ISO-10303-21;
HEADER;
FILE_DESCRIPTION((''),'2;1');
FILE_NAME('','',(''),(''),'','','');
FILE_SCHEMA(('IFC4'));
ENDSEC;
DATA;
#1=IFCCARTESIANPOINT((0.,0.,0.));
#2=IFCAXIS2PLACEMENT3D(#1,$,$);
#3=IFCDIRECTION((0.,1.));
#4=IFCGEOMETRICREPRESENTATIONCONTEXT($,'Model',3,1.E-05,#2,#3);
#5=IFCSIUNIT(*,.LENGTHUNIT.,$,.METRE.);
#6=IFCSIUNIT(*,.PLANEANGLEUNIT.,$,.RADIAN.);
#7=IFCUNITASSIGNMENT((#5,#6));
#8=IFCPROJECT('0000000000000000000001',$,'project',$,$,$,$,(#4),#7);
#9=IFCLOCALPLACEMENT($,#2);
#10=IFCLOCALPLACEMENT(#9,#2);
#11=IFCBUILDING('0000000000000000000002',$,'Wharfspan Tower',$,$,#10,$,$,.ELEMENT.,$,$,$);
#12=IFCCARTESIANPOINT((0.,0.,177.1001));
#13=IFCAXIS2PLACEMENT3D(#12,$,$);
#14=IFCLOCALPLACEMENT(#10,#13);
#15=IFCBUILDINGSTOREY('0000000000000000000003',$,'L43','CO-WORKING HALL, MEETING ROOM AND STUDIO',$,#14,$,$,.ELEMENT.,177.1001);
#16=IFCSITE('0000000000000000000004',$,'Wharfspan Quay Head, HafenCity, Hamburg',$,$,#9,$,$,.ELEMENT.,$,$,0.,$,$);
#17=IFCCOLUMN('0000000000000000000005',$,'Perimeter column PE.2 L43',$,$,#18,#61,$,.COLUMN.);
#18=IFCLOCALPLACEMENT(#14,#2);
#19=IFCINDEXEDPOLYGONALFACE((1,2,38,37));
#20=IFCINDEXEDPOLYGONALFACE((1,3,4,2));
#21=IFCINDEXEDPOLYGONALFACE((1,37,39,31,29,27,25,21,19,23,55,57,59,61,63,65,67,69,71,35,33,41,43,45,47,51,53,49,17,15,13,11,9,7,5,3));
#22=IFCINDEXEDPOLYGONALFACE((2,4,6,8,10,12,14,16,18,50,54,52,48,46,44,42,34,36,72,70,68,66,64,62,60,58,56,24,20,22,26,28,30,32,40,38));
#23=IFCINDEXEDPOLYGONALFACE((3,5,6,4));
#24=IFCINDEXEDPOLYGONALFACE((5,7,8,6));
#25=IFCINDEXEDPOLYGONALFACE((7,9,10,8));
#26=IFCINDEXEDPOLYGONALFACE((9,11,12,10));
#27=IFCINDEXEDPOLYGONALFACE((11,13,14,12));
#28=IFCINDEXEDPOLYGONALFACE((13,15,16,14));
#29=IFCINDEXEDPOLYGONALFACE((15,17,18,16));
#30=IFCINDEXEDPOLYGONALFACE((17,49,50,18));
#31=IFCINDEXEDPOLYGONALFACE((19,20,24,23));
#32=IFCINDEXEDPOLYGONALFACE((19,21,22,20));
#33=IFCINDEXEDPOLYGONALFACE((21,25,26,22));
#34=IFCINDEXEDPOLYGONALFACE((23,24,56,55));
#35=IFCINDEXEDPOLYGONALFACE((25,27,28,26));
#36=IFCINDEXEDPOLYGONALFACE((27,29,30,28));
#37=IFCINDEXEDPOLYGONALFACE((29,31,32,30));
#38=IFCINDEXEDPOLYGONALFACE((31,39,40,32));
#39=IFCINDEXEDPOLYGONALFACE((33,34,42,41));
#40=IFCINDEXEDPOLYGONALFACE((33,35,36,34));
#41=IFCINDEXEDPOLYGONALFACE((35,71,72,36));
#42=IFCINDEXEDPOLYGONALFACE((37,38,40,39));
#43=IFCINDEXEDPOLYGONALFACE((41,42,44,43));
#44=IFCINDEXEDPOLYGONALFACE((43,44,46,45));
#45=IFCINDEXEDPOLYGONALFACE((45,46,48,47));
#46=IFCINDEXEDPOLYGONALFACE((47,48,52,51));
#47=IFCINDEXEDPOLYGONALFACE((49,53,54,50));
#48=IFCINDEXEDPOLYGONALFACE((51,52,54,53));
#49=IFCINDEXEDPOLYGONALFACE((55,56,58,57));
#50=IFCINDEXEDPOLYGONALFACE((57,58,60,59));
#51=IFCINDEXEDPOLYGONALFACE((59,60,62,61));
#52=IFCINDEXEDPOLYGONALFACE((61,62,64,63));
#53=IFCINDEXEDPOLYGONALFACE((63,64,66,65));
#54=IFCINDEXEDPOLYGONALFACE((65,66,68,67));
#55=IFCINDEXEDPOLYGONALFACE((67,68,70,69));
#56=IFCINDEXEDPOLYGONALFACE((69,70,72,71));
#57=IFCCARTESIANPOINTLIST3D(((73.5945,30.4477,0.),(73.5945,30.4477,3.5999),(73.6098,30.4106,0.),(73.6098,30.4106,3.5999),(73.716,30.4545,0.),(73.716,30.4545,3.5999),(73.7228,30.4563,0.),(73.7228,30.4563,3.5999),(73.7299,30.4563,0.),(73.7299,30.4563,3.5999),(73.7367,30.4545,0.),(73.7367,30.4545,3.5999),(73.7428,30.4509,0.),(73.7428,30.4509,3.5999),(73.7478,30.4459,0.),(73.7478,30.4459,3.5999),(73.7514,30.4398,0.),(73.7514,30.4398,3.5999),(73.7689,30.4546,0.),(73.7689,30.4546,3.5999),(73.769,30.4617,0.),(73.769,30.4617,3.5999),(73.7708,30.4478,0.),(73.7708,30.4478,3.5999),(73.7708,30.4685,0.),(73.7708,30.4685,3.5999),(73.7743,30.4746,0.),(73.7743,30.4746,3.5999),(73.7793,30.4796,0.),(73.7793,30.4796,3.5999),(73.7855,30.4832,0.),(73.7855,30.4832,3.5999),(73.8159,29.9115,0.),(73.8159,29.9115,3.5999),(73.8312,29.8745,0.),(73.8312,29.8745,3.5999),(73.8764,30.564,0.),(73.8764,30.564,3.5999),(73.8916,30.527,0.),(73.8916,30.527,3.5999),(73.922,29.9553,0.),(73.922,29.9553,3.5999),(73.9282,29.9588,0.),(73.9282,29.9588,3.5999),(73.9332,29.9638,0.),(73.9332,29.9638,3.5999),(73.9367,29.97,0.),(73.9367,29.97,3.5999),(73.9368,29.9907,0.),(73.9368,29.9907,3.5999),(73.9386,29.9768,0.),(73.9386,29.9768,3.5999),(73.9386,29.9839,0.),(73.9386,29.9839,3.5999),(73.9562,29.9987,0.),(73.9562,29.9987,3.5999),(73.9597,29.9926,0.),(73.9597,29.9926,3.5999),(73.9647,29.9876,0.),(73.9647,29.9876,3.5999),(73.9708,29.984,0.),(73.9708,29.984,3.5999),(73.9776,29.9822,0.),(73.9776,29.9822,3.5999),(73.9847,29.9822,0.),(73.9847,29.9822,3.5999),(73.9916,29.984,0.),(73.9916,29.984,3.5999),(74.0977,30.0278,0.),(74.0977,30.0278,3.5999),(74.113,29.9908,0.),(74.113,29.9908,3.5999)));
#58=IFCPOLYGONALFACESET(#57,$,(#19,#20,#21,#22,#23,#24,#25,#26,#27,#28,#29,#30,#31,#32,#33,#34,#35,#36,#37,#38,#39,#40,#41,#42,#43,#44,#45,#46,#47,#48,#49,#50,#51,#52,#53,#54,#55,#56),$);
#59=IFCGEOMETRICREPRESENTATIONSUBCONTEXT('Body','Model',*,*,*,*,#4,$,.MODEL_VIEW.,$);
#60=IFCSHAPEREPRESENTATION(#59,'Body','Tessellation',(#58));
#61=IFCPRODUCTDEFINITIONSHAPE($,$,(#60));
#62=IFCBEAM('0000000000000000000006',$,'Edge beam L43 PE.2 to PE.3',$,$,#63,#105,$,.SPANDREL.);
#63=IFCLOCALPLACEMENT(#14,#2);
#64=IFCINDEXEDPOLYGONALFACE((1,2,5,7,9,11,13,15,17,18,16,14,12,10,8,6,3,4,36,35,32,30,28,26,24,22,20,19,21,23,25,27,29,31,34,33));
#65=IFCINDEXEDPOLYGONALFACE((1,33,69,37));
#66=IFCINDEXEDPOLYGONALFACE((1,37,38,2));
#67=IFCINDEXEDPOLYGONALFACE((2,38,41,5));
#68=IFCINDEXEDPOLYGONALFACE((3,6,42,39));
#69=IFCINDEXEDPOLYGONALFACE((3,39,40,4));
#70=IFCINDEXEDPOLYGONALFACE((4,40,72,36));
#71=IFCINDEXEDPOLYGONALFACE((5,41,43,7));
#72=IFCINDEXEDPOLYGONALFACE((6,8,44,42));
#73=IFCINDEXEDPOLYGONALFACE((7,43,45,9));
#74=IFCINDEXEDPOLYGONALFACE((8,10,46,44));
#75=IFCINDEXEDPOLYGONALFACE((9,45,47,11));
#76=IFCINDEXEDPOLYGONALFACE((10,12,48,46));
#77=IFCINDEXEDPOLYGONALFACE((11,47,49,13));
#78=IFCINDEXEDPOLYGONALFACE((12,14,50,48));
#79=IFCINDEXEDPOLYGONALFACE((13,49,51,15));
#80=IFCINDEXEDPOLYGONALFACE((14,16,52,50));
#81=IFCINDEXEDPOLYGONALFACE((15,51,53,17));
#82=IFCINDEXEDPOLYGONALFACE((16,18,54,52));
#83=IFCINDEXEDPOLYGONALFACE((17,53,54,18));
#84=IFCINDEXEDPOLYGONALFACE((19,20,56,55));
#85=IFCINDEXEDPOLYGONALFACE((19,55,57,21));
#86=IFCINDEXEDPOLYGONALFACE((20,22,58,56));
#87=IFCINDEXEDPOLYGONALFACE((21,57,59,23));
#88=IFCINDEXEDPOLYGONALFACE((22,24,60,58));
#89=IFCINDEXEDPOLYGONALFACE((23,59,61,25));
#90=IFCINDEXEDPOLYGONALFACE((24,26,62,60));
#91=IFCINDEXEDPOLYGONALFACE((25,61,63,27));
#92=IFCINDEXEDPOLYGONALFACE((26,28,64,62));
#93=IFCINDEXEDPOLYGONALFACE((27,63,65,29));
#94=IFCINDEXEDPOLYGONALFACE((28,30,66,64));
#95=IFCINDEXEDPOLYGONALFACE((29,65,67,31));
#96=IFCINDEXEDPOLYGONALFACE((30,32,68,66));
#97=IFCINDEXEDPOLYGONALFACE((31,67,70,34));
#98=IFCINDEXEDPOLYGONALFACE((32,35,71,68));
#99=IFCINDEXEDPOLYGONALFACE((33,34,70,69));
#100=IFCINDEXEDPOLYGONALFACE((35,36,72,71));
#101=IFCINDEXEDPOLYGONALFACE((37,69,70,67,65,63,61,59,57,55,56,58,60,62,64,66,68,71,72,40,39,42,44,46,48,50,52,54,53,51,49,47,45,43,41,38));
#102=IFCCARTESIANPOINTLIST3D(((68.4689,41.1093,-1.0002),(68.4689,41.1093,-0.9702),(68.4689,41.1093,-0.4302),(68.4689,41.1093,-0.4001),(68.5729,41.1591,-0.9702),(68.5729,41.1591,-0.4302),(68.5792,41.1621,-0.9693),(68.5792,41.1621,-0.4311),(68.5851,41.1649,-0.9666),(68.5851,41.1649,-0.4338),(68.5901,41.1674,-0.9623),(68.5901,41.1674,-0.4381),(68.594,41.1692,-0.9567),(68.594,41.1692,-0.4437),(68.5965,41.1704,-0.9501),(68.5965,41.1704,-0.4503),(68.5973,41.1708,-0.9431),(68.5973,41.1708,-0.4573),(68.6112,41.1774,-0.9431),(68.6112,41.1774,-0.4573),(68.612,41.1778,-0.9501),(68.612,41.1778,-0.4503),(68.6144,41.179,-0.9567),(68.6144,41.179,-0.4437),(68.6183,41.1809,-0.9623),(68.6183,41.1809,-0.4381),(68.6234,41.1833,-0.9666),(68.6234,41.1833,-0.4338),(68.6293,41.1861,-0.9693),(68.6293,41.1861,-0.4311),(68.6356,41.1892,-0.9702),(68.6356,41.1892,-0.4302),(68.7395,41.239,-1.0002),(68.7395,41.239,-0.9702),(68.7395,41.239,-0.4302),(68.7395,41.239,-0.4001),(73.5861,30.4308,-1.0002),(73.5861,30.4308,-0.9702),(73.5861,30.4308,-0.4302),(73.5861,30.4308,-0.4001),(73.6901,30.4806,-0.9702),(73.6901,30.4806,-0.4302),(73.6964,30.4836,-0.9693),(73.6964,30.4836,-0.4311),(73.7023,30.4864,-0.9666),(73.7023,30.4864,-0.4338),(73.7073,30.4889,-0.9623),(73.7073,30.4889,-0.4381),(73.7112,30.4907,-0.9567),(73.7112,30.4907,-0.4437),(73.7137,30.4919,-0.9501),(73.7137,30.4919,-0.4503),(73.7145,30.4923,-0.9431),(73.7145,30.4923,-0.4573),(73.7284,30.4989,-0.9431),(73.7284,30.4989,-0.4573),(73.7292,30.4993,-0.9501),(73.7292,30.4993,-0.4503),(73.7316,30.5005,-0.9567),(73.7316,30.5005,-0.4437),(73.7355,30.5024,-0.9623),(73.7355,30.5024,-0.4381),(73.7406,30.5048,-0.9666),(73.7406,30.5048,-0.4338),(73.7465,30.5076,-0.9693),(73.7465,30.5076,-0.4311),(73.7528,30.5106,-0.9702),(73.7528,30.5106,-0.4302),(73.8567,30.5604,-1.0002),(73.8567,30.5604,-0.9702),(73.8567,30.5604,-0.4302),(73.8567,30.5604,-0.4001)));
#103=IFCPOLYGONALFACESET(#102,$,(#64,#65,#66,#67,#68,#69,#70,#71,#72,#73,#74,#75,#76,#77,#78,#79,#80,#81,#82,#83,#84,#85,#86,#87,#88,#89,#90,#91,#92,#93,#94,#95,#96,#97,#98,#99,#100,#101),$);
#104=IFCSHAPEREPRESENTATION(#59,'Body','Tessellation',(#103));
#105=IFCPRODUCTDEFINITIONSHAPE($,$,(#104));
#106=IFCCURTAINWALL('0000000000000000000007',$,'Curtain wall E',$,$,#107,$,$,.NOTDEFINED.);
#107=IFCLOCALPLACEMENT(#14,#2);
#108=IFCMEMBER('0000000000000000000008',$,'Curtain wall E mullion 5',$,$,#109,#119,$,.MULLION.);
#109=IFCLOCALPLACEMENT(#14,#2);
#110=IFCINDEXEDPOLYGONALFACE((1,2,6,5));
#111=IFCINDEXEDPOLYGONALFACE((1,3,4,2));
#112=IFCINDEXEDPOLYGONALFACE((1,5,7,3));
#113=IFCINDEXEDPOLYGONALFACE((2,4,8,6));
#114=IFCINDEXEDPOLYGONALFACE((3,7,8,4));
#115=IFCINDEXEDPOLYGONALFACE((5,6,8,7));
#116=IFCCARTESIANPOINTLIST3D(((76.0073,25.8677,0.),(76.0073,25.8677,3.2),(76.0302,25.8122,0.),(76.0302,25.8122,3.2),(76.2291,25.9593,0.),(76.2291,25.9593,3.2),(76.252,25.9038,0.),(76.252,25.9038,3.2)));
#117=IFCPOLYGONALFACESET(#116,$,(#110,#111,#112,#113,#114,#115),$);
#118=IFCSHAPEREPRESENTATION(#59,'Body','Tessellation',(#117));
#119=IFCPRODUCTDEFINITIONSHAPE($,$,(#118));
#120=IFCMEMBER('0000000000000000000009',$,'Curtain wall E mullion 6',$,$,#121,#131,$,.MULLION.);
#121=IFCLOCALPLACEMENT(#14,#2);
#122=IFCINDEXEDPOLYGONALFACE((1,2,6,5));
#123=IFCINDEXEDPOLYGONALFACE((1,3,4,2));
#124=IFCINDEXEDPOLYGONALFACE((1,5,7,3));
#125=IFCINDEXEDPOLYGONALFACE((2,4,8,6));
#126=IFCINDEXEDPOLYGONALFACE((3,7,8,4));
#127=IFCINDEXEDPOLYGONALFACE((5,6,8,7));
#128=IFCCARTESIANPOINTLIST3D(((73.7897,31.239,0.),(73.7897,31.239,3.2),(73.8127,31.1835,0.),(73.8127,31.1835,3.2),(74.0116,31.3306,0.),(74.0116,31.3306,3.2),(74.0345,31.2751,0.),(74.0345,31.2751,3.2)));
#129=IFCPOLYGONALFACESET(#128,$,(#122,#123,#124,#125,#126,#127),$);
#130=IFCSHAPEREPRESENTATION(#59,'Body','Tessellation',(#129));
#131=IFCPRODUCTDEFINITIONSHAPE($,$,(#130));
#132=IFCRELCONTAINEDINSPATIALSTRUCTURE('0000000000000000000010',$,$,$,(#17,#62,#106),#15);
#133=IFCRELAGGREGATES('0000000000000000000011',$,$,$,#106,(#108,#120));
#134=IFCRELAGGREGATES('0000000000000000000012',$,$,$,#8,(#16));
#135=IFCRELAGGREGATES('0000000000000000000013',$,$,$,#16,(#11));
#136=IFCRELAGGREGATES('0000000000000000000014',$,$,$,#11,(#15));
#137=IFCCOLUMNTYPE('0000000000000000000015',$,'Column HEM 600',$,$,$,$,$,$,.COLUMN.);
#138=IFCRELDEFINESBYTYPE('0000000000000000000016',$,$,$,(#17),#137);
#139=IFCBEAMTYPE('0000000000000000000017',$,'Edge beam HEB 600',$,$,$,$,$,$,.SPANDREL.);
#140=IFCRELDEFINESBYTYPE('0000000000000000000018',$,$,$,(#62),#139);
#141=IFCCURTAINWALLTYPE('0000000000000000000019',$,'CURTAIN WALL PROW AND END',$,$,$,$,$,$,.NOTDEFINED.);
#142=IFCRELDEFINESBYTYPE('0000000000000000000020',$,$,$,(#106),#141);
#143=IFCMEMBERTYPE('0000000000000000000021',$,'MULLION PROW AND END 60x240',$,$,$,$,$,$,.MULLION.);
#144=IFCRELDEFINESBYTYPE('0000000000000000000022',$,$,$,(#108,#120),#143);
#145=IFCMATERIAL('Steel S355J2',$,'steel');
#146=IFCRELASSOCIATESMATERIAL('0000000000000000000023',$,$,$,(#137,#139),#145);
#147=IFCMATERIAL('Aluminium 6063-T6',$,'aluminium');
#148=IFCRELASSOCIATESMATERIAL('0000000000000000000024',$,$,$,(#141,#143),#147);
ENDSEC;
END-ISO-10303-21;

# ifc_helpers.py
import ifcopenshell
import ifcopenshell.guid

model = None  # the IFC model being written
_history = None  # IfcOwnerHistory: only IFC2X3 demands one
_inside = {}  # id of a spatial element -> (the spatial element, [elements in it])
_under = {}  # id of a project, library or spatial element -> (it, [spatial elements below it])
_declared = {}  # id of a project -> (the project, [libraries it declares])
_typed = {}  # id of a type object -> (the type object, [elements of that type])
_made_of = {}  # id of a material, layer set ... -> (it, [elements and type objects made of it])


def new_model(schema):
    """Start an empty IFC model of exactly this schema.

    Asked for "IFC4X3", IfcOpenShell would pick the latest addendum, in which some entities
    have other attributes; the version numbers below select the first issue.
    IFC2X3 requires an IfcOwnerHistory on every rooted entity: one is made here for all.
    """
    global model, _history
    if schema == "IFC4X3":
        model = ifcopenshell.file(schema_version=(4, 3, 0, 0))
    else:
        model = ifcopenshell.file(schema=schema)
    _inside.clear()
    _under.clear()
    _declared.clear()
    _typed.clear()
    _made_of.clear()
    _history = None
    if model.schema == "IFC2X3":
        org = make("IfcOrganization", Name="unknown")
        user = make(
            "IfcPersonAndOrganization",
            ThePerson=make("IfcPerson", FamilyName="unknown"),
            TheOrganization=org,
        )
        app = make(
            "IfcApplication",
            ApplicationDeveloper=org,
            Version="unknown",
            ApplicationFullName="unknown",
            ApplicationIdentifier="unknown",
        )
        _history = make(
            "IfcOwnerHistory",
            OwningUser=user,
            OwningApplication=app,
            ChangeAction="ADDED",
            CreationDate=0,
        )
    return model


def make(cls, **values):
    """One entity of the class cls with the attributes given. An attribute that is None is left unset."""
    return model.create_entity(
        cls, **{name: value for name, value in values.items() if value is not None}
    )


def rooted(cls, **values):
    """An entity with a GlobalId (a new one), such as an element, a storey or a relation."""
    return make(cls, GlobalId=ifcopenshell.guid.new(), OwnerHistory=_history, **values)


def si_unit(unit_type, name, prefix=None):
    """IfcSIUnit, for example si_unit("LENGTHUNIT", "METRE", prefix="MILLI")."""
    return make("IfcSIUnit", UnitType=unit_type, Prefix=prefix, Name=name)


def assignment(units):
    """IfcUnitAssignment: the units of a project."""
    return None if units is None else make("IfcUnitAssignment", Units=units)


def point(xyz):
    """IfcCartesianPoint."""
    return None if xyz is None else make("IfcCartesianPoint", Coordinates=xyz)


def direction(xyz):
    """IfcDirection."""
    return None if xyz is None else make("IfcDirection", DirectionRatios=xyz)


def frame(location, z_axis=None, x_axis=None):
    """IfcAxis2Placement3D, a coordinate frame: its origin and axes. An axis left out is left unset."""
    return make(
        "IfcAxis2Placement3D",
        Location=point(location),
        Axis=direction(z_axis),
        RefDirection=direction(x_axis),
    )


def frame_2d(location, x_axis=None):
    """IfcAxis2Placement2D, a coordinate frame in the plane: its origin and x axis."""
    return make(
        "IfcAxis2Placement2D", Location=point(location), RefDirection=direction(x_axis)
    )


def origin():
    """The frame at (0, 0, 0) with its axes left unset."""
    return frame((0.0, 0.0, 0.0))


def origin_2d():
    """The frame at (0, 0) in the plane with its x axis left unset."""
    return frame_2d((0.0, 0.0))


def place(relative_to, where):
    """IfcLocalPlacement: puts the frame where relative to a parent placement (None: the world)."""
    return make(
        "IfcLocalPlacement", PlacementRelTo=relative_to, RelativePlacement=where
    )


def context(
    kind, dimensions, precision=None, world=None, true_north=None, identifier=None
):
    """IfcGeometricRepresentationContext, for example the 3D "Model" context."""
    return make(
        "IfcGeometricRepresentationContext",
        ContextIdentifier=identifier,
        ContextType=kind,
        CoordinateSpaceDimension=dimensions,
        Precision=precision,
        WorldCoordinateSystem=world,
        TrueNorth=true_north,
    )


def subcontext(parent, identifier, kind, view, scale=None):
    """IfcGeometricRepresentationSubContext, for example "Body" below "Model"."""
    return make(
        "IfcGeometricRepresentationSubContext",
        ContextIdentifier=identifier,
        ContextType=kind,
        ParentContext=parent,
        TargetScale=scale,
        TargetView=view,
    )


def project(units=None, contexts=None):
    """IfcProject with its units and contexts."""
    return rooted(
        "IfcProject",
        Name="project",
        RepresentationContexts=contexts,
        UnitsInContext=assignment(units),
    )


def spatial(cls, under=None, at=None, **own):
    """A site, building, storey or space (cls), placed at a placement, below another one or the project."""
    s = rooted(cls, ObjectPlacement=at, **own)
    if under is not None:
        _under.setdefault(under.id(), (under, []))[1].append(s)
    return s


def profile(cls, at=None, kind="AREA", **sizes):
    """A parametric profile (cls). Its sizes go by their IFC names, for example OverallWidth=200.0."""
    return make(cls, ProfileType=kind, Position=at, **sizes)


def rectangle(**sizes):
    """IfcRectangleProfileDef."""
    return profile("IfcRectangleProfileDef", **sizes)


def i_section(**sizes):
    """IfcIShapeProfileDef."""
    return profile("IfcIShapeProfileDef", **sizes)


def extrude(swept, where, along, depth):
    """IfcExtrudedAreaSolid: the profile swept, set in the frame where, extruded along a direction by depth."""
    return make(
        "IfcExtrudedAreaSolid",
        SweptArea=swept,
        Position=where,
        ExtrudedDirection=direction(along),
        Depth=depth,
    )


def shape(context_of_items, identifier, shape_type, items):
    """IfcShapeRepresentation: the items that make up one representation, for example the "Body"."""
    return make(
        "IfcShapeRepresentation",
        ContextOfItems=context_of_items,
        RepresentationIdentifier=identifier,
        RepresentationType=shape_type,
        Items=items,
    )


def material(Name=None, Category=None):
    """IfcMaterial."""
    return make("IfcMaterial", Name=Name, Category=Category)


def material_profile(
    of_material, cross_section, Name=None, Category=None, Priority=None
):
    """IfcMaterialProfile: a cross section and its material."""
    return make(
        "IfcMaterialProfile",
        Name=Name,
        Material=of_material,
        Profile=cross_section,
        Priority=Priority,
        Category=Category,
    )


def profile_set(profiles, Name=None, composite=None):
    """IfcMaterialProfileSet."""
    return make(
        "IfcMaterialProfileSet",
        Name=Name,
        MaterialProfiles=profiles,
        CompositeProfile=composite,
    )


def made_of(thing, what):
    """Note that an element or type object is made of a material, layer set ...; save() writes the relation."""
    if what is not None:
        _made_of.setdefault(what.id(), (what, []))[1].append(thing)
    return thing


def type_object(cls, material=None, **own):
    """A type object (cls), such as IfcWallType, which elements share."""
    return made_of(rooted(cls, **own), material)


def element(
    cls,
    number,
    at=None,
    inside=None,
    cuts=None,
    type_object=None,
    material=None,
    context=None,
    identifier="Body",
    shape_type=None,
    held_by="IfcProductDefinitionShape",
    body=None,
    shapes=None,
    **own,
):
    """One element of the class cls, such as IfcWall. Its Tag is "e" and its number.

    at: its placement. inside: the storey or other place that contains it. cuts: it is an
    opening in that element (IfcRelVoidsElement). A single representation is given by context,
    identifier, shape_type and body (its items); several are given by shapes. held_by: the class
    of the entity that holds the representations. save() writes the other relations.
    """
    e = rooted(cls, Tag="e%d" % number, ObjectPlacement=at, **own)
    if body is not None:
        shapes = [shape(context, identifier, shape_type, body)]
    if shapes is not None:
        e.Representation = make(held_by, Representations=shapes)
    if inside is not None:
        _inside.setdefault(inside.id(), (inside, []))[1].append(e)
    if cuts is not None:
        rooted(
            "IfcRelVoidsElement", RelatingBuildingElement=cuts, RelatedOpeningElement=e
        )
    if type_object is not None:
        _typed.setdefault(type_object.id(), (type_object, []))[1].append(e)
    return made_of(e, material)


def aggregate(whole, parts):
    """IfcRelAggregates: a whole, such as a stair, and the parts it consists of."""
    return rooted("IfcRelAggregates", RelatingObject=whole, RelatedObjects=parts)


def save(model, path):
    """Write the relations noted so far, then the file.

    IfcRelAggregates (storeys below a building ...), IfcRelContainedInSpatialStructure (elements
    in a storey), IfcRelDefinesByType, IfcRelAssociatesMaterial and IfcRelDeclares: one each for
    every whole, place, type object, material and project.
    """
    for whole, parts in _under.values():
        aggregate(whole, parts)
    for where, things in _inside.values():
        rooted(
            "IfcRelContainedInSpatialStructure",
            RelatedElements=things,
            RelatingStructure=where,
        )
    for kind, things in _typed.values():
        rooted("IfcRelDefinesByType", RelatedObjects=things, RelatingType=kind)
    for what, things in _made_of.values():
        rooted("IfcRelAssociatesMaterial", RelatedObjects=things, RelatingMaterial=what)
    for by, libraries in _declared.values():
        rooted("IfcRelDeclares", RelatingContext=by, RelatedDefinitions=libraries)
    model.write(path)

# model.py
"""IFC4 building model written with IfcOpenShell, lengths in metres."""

from ifc_helpers import new_model, si_unit, direction, frame, origin, origin_2d, place, context, subcontext, project, spatial, rectangle, i_section, extrude, material, material_profile, profile_set, type_object, element, aggregate, save


model = new_model("IFC4")

# Units and contexts
model_context = context("Model", 3, precision=1e-05, world=origin(), true_north=direction((0.0, 1.0)))
body_context = subcontext(model_context, "Body", "Model", "MODEL_VIEW")
ifc_project = project(units=[si_unit("LENGTHUNIT", "METRE"), si_unit("PLANEANGLEUNIT", "RADIAN")], contexts=[model_context])

# Site, building, storey
site_placement = place(None, origin())
site = spatial("IfcSite", under=ifc_project, at=site_placement, Name="Wharfspan Quay Head, HafenCity, Hamburg", CompositionType="ELEMENT", RefElevation=0.0)
building_placement = place(site_placement, origin())
building = spatial("IfcBuilding", under=site, at=building_placement, Name="Wharfspan Tower", CompositionType="ELEMENT")
storey_placement = place(building_placement, frame((0.0, 0.0, 177.1001)))
storey = spatial("IfcBuildingStorey", under=building, at=storey_placement, Name="L43", Description="CO-WORKING HALL, MEETING ROOM AND STUDIO", CompositionType="ELEMENT", Elevation=177.1001)

# Column
ifc_material_1 = material(Name="Steel S355J2", Category="steel")
ifc_material_profile_1 = material_profile(ifc_material_1, i_section(OverallWidth=0.3049, OverallDepth=0.6201, WebThickness=0.021, FlangeThickness=0.04, FilletRadius=0.0271, at=origin_2d()))
ifc_profile_set_1 = profile_set([ifc_material_profile_1], Name="Steel S355J2")
column_type = type_object("IfcColumnType", Name="Column HEM 600", PredefinedType="COLUMN", material=ifc_profile_set_1)
column_placement = place(storey_placement, frame((73.8538, 30.2192, 0.0), z_axis=(0.0, 0.0, 1.0), x_axis=(0.924325, 0.381602, 0.0)))
element("IfcColumn", 1, at=column_placement, inside=storey, type_object=column_type, Name="Perimeter column PE.2 L43", PredefinedType="COLUMN", context=body_context, shape_type="SweptSolid", body=[
    extrude(i_section(OverallWidth=0.3049, OverallDepth=0.6201, WebThickness=0.021, FlangeThickness=0.04, FilletRadius=0.0271, at=origin_2d()), origin(), (0.0, 0.0, 1.0), 3.5999),
])

# Beam
ifc_material_profile_2 = material_profile(ifc_material_1, i_section(OverallWidth=0.3, OverallDepth=0.6001, WebThickness=0.0154, FlangeThickness=0.03, FilletRadius=0.0271, at=origin_2d()))
ifc_profile_set_2 = profile_set([ifc_material_profile_2], Name="Steel S355J2")
beam_type = type_object("IfcBeamType", Name="Edge beam HEB 600", PredefinedType="SPANDREL", material=ifc_profile_set_2)
beam_placement = place(storey_placement, frame((73.7214, 30.4956, -0.7002), z_axis=(-0.432149, 0.901802, 0.0), x_axis=(-0.901802, -0.432149, 0.0)))
element("IfcBeam", 2, at=beam_placement, inside=storey, type_object=beam_type, Name="Edge beam L43 PE.2 to PE.3", PredefinedType="SPANDREL", context=body_context, shape_type="SweptSolid", body=[
    extrude(i_section(OverallWidth=0.3, OverallDepth=0.6001, WebThickness=0.0154, FlangeThickness=0.03, FilletRadius=0.0271, at=origin_2d()), origin(), (0.0, 0.0, 1.0), 11.8413),
])

# Curtain wall, members
ifc_material_2 = material(Name="Aluminium 6063-T6", Category="aluminium")
curtain_wall_type = type_object("IfcCurtainWallType", Name="CURTAIN WALL PROW AND END", PredefinedType="NOTDEFINED", material=ifc_material_2)
curtain_wall_placement = place(storey_placement, origin())
curtain_wall = element("IfcCurtainWall", 3, at=curtain_wall_placement, inside=storey, type_object=curtain_wall_type, Name="Curtain wall E", PredefinedType="NOTDEFINED")
ifc_material_profile_3 = material_profile(ifc_material_2, rectangle(XDim=0.24, YDim=0.0601, at=origin_2d()))
ifc_profile_set_3 = profile_set([ifc_material_profile_3], Name="Aluminium 6063-T6")
member_type_1 = type_object("IfcMemberType", Name="MULLION PROW AND END 60x240", PredefinedType="MULLION", material=ifc_profile_set_3)
member_1_placement = place(storey_placement, frame((76.1296, 25.8857, 0.0), z_axis=(0.0, 0.0, 1.0), x_axis=(-0.924325, -0.381602, 0.0)))
member_1 = element("IfcMember", 4, at=member_1_placement, type_object=member_type_1, Name="Curtain wall E mullion 5", PredefinedType="MULLION", context=body_context, shape_type="SweptSolid", body=[
    extrude(rectangle(XDim=0.24, YDim=0.0601, at=origin_2d()), origin(), (0.0, 0.0, 1.0), 3.2),
])
member_2_placement = place(storey_placement, frame((73.9121, 31.2571, 0.0), z_axis=(0.0, 0.0, 1.0), x_axis=(-0.924325, -0.381602, 0.0)))
member_2 = element("IfcMember", 5, at=member_2_placement, type_object=member_type_1, Name="Curtain wall E mullion 6", PredefinedType="MULLION", context=body_context, shape_type="SweptSolid", body=[
    extrude(rectangle(XDim=0.24, YDim=0.0601, at=origin_2d()), origin(), (0.0, 0.0, 1.0), 3.2),
])

aggregate(curtain_wall, [member_1, member_2])

save(model, "model.ifc")
